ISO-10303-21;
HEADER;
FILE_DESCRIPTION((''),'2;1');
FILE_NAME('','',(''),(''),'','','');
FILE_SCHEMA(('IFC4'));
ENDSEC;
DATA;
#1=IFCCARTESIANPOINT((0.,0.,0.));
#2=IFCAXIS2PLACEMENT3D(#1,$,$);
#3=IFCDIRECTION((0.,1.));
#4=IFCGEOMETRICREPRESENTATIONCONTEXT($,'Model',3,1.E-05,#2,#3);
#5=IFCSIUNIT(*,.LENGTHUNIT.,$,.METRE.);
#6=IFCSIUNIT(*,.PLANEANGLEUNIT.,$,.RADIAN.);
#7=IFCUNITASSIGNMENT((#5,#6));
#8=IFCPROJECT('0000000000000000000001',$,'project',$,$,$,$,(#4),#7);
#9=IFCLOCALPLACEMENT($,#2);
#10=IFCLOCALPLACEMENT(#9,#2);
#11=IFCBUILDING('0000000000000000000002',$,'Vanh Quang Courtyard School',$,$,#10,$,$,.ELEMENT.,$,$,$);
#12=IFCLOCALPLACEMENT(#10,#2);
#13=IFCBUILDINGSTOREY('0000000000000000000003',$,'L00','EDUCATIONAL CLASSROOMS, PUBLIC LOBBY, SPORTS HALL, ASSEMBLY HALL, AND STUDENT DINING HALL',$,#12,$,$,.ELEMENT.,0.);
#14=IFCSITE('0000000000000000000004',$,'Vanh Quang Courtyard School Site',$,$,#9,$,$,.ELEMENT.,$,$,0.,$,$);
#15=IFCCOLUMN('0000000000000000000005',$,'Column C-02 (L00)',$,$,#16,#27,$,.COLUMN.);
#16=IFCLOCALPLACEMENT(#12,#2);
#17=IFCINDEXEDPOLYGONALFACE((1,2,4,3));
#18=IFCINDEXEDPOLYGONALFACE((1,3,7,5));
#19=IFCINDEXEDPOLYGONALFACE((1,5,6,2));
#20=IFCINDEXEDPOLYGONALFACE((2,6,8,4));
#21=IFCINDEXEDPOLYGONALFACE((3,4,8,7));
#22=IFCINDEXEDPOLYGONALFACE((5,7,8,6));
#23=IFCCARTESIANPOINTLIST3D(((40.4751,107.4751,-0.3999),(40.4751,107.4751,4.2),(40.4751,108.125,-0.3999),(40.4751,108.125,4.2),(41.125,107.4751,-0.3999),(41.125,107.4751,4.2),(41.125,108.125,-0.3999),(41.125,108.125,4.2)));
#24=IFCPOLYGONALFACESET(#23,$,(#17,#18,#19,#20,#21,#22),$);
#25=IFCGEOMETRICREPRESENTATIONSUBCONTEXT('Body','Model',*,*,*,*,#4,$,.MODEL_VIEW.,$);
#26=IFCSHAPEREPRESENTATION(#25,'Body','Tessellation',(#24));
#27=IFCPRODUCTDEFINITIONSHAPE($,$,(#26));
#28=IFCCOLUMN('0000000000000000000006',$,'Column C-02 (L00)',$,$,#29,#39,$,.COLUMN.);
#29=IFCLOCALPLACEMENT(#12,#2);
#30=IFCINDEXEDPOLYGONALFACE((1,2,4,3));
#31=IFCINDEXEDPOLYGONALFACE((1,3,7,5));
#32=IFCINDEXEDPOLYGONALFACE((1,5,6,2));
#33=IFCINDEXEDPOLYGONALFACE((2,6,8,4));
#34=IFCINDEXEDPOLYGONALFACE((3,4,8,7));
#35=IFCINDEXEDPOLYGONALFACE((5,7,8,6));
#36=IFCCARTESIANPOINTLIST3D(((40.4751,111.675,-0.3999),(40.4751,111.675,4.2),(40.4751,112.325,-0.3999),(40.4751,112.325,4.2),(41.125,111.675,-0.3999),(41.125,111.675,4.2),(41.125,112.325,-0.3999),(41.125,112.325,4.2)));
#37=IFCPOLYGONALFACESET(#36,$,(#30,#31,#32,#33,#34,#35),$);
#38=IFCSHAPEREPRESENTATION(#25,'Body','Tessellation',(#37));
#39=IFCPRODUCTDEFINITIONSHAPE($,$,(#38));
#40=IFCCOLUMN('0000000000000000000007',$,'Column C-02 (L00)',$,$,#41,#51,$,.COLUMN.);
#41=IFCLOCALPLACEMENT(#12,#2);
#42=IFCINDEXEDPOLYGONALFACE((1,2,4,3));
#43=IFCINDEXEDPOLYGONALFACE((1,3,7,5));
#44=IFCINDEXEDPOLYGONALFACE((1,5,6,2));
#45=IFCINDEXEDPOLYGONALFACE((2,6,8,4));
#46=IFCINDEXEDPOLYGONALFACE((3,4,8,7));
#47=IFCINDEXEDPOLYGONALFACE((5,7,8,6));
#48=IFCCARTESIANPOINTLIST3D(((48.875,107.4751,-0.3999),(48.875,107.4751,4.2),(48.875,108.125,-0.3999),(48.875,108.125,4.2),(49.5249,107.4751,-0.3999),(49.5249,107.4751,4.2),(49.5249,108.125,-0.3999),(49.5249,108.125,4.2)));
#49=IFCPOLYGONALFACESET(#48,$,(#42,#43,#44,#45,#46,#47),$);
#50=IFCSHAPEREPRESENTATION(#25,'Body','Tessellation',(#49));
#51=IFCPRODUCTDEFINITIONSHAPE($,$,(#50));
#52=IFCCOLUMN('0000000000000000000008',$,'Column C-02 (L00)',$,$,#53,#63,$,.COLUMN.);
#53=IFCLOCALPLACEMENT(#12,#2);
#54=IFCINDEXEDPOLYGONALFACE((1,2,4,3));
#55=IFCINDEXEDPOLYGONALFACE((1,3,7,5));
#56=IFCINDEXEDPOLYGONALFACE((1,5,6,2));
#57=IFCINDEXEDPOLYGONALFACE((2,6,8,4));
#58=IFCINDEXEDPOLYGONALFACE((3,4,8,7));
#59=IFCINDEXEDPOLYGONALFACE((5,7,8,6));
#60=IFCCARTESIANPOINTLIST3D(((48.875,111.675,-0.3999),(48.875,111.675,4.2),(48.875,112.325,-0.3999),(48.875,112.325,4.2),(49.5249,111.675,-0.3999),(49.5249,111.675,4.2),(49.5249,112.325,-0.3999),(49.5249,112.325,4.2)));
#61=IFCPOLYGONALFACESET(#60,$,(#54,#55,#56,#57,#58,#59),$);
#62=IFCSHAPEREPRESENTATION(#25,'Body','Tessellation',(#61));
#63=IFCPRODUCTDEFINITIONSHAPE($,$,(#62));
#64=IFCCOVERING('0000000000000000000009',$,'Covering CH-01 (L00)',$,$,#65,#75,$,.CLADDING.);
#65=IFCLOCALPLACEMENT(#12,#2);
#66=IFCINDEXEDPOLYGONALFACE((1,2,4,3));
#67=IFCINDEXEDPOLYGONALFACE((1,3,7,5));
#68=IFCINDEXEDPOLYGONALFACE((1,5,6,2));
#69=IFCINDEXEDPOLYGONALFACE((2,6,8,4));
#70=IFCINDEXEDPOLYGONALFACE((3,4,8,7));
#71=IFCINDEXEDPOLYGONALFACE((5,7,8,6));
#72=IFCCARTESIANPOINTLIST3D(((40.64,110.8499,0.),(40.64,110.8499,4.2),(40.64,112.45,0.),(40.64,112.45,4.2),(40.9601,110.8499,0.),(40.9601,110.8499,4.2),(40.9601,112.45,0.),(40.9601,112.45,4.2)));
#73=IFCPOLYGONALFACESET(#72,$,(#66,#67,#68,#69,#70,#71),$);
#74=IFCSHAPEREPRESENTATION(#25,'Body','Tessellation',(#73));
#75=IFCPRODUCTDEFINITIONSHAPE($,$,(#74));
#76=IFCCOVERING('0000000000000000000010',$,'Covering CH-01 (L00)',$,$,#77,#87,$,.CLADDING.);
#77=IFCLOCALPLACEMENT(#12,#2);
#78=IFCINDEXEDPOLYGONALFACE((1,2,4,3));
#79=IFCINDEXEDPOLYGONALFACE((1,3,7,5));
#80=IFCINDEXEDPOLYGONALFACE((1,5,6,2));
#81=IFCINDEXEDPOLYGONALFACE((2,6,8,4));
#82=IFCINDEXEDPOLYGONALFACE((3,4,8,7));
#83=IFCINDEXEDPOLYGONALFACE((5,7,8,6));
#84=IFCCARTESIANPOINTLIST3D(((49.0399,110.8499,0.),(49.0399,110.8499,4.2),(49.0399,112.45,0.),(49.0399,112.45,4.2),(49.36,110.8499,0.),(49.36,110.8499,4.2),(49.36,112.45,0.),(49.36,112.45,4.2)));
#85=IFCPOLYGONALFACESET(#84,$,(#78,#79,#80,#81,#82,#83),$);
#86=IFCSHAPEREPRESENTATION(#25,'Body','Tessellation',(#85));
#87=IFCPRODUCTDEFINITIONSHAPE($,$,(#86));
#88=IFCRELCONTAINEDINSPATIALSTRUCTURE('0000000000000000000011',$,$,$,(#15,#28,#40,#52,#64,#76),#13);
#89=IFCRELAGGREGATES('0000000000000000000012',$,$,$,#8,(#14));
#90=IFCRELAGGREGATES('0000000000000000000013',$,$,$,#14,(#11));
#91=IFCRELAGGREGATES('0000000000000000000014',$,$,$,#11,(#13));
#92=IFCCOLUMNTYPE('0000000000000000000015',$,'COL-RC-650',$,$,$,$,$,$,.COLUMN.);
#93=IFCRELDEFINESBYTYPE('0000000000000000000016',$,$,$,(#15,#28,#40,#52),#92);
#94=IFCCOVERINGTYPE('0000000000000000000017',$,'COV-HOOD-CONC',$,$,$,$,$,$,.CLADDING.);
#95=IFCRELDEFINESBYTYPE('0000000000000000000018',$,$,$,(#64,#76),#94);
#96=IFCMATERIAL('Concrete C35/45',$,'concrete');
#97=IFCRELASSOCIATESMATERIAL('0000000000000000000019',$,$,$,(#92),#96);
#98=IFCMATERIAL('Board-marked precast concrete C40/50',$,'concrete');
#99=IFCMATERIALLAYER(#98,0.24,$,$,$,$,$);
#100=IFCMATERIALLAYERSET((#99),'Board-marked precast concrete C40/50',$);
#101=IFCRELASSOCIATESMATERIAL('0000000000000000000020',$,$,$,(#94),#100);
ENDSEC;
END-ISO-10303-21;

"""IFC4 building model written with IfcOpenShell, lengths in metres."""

from ifc_helpers import new_model, si_unit, direction, frame, origin, origin_2d, place, context, subcontext, project, spatial, rectangle, extrude, material, layer, layer_set, material_profile, profile_set, type_object, element, save


model = new_model("IFC4")

# Units and contexts
model_context = context("Model", 3, precision=1e-05, world=origin(), true_north=direction((0.0, 1.0)))
body_context = subcontext(model_context, "Body", "Model", "MODEL_VIEW")
ifc_project = project(units=[si_unit("LENGTHUNIT", "METRE"), si_unit("PLANEANGLEUNIT", "RADIAN")], contexts=[model_context])

# Site, building, storey
site_placement = place(None, origin())
site = spatial("IfcSite", under=ifc_project, at=site_placement, Name="Vanh Quang Courtyard School Site", CompositionType="ELEMENT", RefElevation=0.0)
building_placement = place(site_placement, origin())
building = spatial("IfcBuilding", under=site, at=building_placement, Name="Vanh Quang Courtyard School", CompositionType="ELEMENT")
storey_placement = place(building_placement, origin())
storey = spatial("IfcBuildingStorey", under=building, at=storey_placement, Name="L00", Description="EDUCATIONAL CLASSROOMS, PUBLIC LOBBY, SPORTS HALL, ASSEMBLY HALL, AND STUDENT DINING HALL", CompositionType="ELEMENT", Elevation=0.0)

# Shared definitions
ifc_material_1 = material(Name="Concrete C35/45", Category="concrete")

# Columns
ifc_material_profile_1 = material_profile(ifc_material_1, rectangle(XDim=0.6499, YDim=0.6499, at=origin_2d()), Name="RC-COL 650x650")
ifc_profile_set_1 = profile_set([ifc_material_profile_1], Name="Concrete C35/45")
column_type_1 = type_object("IfcColumnType", Name="COL-RC-650", PredefinedType="COLUMN", material=ifc_profile_set_1)
for number, where, z_axis, x_axis, name in (
    (1, (40.8, 107.8, -0.3999), (0.0, 0.0, 1.0), (1.0, 0.0, 0.0), "Column C-02 (L00)"),
    (2, (40.8, 112.0, -0.3999), (0.0, 0.0, 1.0), (1.0, 0.0, 0.0), "Column C-02 (L00)"),
    (3, (49.2, 107.8, -0.3999), (0.0, 0.0, 1.0), (1.0, 0.0, 0.0), "Column C-02 (L00)"),
    (4, (49.2, 112.0, -0.3999), (0.0, 0.0, 1.0), (1.0, 0.0, 0.0), "Column C-02 (L00)"),
):
    element("IfcColumn", number, at=place(storey_placement, frame(where, z_axis=z_axis, x_axis=x_axis)), inside=storey, type_object=column_type_1, Name=name, PredefinedType="COLUMN", context=body_context, shape_type="SweptSolid", body=[
        extrude(rectangle(XDim=0.6499, YDim=0.6499, at=origin_2d()), origin(), (0.0, 0.0, 1.0), 4.5999),
    ])

# Coverings
ifc_material_2 = material(Name="Board-marked precast concrete C40/50", Category="concrete")
ifc_layer = layer(ifc_material_2, 0.24)
ifc_layer_set = layer_set([ifc_layer], Name="Board-marked precast concrete C40/50")
covering_type = type_object("IfcCoveringType", Name="COV-HOOD-CONC", PredefinedType="CLADDING", material=ifc_layer_set)
for number, where, z_axis, x_axis, name in (
    (5, (40.8, 111.6499, 0.0), (0.0, 0.0, 1.0), (0.0, 1.0, 0.0), "Covering CH-01 (L00)"),
    (6, (49.2, 111.6499, 0.0), (0.0, 0.0, 1.0), (0.0, 1.0, 0.0), "Covering CH-01 (L00)"),
):
    element("IfcCovering", number, at=place(storey_placement, frame(where, z_axis=z_axis, x_axis=x_axis)), inside=storey, type_object=covering_type, Name=name, PredefinedType="CLADDING", context=body_context, shape_type="SweptSolid", body=[
        extrude(rectangle(XDim=1.6001, YDim=0.3201, at=origin_2d()), origin(), (0.0, 0.0, 1.0), 4.2),
    ])

save(model, "model.ifc")
